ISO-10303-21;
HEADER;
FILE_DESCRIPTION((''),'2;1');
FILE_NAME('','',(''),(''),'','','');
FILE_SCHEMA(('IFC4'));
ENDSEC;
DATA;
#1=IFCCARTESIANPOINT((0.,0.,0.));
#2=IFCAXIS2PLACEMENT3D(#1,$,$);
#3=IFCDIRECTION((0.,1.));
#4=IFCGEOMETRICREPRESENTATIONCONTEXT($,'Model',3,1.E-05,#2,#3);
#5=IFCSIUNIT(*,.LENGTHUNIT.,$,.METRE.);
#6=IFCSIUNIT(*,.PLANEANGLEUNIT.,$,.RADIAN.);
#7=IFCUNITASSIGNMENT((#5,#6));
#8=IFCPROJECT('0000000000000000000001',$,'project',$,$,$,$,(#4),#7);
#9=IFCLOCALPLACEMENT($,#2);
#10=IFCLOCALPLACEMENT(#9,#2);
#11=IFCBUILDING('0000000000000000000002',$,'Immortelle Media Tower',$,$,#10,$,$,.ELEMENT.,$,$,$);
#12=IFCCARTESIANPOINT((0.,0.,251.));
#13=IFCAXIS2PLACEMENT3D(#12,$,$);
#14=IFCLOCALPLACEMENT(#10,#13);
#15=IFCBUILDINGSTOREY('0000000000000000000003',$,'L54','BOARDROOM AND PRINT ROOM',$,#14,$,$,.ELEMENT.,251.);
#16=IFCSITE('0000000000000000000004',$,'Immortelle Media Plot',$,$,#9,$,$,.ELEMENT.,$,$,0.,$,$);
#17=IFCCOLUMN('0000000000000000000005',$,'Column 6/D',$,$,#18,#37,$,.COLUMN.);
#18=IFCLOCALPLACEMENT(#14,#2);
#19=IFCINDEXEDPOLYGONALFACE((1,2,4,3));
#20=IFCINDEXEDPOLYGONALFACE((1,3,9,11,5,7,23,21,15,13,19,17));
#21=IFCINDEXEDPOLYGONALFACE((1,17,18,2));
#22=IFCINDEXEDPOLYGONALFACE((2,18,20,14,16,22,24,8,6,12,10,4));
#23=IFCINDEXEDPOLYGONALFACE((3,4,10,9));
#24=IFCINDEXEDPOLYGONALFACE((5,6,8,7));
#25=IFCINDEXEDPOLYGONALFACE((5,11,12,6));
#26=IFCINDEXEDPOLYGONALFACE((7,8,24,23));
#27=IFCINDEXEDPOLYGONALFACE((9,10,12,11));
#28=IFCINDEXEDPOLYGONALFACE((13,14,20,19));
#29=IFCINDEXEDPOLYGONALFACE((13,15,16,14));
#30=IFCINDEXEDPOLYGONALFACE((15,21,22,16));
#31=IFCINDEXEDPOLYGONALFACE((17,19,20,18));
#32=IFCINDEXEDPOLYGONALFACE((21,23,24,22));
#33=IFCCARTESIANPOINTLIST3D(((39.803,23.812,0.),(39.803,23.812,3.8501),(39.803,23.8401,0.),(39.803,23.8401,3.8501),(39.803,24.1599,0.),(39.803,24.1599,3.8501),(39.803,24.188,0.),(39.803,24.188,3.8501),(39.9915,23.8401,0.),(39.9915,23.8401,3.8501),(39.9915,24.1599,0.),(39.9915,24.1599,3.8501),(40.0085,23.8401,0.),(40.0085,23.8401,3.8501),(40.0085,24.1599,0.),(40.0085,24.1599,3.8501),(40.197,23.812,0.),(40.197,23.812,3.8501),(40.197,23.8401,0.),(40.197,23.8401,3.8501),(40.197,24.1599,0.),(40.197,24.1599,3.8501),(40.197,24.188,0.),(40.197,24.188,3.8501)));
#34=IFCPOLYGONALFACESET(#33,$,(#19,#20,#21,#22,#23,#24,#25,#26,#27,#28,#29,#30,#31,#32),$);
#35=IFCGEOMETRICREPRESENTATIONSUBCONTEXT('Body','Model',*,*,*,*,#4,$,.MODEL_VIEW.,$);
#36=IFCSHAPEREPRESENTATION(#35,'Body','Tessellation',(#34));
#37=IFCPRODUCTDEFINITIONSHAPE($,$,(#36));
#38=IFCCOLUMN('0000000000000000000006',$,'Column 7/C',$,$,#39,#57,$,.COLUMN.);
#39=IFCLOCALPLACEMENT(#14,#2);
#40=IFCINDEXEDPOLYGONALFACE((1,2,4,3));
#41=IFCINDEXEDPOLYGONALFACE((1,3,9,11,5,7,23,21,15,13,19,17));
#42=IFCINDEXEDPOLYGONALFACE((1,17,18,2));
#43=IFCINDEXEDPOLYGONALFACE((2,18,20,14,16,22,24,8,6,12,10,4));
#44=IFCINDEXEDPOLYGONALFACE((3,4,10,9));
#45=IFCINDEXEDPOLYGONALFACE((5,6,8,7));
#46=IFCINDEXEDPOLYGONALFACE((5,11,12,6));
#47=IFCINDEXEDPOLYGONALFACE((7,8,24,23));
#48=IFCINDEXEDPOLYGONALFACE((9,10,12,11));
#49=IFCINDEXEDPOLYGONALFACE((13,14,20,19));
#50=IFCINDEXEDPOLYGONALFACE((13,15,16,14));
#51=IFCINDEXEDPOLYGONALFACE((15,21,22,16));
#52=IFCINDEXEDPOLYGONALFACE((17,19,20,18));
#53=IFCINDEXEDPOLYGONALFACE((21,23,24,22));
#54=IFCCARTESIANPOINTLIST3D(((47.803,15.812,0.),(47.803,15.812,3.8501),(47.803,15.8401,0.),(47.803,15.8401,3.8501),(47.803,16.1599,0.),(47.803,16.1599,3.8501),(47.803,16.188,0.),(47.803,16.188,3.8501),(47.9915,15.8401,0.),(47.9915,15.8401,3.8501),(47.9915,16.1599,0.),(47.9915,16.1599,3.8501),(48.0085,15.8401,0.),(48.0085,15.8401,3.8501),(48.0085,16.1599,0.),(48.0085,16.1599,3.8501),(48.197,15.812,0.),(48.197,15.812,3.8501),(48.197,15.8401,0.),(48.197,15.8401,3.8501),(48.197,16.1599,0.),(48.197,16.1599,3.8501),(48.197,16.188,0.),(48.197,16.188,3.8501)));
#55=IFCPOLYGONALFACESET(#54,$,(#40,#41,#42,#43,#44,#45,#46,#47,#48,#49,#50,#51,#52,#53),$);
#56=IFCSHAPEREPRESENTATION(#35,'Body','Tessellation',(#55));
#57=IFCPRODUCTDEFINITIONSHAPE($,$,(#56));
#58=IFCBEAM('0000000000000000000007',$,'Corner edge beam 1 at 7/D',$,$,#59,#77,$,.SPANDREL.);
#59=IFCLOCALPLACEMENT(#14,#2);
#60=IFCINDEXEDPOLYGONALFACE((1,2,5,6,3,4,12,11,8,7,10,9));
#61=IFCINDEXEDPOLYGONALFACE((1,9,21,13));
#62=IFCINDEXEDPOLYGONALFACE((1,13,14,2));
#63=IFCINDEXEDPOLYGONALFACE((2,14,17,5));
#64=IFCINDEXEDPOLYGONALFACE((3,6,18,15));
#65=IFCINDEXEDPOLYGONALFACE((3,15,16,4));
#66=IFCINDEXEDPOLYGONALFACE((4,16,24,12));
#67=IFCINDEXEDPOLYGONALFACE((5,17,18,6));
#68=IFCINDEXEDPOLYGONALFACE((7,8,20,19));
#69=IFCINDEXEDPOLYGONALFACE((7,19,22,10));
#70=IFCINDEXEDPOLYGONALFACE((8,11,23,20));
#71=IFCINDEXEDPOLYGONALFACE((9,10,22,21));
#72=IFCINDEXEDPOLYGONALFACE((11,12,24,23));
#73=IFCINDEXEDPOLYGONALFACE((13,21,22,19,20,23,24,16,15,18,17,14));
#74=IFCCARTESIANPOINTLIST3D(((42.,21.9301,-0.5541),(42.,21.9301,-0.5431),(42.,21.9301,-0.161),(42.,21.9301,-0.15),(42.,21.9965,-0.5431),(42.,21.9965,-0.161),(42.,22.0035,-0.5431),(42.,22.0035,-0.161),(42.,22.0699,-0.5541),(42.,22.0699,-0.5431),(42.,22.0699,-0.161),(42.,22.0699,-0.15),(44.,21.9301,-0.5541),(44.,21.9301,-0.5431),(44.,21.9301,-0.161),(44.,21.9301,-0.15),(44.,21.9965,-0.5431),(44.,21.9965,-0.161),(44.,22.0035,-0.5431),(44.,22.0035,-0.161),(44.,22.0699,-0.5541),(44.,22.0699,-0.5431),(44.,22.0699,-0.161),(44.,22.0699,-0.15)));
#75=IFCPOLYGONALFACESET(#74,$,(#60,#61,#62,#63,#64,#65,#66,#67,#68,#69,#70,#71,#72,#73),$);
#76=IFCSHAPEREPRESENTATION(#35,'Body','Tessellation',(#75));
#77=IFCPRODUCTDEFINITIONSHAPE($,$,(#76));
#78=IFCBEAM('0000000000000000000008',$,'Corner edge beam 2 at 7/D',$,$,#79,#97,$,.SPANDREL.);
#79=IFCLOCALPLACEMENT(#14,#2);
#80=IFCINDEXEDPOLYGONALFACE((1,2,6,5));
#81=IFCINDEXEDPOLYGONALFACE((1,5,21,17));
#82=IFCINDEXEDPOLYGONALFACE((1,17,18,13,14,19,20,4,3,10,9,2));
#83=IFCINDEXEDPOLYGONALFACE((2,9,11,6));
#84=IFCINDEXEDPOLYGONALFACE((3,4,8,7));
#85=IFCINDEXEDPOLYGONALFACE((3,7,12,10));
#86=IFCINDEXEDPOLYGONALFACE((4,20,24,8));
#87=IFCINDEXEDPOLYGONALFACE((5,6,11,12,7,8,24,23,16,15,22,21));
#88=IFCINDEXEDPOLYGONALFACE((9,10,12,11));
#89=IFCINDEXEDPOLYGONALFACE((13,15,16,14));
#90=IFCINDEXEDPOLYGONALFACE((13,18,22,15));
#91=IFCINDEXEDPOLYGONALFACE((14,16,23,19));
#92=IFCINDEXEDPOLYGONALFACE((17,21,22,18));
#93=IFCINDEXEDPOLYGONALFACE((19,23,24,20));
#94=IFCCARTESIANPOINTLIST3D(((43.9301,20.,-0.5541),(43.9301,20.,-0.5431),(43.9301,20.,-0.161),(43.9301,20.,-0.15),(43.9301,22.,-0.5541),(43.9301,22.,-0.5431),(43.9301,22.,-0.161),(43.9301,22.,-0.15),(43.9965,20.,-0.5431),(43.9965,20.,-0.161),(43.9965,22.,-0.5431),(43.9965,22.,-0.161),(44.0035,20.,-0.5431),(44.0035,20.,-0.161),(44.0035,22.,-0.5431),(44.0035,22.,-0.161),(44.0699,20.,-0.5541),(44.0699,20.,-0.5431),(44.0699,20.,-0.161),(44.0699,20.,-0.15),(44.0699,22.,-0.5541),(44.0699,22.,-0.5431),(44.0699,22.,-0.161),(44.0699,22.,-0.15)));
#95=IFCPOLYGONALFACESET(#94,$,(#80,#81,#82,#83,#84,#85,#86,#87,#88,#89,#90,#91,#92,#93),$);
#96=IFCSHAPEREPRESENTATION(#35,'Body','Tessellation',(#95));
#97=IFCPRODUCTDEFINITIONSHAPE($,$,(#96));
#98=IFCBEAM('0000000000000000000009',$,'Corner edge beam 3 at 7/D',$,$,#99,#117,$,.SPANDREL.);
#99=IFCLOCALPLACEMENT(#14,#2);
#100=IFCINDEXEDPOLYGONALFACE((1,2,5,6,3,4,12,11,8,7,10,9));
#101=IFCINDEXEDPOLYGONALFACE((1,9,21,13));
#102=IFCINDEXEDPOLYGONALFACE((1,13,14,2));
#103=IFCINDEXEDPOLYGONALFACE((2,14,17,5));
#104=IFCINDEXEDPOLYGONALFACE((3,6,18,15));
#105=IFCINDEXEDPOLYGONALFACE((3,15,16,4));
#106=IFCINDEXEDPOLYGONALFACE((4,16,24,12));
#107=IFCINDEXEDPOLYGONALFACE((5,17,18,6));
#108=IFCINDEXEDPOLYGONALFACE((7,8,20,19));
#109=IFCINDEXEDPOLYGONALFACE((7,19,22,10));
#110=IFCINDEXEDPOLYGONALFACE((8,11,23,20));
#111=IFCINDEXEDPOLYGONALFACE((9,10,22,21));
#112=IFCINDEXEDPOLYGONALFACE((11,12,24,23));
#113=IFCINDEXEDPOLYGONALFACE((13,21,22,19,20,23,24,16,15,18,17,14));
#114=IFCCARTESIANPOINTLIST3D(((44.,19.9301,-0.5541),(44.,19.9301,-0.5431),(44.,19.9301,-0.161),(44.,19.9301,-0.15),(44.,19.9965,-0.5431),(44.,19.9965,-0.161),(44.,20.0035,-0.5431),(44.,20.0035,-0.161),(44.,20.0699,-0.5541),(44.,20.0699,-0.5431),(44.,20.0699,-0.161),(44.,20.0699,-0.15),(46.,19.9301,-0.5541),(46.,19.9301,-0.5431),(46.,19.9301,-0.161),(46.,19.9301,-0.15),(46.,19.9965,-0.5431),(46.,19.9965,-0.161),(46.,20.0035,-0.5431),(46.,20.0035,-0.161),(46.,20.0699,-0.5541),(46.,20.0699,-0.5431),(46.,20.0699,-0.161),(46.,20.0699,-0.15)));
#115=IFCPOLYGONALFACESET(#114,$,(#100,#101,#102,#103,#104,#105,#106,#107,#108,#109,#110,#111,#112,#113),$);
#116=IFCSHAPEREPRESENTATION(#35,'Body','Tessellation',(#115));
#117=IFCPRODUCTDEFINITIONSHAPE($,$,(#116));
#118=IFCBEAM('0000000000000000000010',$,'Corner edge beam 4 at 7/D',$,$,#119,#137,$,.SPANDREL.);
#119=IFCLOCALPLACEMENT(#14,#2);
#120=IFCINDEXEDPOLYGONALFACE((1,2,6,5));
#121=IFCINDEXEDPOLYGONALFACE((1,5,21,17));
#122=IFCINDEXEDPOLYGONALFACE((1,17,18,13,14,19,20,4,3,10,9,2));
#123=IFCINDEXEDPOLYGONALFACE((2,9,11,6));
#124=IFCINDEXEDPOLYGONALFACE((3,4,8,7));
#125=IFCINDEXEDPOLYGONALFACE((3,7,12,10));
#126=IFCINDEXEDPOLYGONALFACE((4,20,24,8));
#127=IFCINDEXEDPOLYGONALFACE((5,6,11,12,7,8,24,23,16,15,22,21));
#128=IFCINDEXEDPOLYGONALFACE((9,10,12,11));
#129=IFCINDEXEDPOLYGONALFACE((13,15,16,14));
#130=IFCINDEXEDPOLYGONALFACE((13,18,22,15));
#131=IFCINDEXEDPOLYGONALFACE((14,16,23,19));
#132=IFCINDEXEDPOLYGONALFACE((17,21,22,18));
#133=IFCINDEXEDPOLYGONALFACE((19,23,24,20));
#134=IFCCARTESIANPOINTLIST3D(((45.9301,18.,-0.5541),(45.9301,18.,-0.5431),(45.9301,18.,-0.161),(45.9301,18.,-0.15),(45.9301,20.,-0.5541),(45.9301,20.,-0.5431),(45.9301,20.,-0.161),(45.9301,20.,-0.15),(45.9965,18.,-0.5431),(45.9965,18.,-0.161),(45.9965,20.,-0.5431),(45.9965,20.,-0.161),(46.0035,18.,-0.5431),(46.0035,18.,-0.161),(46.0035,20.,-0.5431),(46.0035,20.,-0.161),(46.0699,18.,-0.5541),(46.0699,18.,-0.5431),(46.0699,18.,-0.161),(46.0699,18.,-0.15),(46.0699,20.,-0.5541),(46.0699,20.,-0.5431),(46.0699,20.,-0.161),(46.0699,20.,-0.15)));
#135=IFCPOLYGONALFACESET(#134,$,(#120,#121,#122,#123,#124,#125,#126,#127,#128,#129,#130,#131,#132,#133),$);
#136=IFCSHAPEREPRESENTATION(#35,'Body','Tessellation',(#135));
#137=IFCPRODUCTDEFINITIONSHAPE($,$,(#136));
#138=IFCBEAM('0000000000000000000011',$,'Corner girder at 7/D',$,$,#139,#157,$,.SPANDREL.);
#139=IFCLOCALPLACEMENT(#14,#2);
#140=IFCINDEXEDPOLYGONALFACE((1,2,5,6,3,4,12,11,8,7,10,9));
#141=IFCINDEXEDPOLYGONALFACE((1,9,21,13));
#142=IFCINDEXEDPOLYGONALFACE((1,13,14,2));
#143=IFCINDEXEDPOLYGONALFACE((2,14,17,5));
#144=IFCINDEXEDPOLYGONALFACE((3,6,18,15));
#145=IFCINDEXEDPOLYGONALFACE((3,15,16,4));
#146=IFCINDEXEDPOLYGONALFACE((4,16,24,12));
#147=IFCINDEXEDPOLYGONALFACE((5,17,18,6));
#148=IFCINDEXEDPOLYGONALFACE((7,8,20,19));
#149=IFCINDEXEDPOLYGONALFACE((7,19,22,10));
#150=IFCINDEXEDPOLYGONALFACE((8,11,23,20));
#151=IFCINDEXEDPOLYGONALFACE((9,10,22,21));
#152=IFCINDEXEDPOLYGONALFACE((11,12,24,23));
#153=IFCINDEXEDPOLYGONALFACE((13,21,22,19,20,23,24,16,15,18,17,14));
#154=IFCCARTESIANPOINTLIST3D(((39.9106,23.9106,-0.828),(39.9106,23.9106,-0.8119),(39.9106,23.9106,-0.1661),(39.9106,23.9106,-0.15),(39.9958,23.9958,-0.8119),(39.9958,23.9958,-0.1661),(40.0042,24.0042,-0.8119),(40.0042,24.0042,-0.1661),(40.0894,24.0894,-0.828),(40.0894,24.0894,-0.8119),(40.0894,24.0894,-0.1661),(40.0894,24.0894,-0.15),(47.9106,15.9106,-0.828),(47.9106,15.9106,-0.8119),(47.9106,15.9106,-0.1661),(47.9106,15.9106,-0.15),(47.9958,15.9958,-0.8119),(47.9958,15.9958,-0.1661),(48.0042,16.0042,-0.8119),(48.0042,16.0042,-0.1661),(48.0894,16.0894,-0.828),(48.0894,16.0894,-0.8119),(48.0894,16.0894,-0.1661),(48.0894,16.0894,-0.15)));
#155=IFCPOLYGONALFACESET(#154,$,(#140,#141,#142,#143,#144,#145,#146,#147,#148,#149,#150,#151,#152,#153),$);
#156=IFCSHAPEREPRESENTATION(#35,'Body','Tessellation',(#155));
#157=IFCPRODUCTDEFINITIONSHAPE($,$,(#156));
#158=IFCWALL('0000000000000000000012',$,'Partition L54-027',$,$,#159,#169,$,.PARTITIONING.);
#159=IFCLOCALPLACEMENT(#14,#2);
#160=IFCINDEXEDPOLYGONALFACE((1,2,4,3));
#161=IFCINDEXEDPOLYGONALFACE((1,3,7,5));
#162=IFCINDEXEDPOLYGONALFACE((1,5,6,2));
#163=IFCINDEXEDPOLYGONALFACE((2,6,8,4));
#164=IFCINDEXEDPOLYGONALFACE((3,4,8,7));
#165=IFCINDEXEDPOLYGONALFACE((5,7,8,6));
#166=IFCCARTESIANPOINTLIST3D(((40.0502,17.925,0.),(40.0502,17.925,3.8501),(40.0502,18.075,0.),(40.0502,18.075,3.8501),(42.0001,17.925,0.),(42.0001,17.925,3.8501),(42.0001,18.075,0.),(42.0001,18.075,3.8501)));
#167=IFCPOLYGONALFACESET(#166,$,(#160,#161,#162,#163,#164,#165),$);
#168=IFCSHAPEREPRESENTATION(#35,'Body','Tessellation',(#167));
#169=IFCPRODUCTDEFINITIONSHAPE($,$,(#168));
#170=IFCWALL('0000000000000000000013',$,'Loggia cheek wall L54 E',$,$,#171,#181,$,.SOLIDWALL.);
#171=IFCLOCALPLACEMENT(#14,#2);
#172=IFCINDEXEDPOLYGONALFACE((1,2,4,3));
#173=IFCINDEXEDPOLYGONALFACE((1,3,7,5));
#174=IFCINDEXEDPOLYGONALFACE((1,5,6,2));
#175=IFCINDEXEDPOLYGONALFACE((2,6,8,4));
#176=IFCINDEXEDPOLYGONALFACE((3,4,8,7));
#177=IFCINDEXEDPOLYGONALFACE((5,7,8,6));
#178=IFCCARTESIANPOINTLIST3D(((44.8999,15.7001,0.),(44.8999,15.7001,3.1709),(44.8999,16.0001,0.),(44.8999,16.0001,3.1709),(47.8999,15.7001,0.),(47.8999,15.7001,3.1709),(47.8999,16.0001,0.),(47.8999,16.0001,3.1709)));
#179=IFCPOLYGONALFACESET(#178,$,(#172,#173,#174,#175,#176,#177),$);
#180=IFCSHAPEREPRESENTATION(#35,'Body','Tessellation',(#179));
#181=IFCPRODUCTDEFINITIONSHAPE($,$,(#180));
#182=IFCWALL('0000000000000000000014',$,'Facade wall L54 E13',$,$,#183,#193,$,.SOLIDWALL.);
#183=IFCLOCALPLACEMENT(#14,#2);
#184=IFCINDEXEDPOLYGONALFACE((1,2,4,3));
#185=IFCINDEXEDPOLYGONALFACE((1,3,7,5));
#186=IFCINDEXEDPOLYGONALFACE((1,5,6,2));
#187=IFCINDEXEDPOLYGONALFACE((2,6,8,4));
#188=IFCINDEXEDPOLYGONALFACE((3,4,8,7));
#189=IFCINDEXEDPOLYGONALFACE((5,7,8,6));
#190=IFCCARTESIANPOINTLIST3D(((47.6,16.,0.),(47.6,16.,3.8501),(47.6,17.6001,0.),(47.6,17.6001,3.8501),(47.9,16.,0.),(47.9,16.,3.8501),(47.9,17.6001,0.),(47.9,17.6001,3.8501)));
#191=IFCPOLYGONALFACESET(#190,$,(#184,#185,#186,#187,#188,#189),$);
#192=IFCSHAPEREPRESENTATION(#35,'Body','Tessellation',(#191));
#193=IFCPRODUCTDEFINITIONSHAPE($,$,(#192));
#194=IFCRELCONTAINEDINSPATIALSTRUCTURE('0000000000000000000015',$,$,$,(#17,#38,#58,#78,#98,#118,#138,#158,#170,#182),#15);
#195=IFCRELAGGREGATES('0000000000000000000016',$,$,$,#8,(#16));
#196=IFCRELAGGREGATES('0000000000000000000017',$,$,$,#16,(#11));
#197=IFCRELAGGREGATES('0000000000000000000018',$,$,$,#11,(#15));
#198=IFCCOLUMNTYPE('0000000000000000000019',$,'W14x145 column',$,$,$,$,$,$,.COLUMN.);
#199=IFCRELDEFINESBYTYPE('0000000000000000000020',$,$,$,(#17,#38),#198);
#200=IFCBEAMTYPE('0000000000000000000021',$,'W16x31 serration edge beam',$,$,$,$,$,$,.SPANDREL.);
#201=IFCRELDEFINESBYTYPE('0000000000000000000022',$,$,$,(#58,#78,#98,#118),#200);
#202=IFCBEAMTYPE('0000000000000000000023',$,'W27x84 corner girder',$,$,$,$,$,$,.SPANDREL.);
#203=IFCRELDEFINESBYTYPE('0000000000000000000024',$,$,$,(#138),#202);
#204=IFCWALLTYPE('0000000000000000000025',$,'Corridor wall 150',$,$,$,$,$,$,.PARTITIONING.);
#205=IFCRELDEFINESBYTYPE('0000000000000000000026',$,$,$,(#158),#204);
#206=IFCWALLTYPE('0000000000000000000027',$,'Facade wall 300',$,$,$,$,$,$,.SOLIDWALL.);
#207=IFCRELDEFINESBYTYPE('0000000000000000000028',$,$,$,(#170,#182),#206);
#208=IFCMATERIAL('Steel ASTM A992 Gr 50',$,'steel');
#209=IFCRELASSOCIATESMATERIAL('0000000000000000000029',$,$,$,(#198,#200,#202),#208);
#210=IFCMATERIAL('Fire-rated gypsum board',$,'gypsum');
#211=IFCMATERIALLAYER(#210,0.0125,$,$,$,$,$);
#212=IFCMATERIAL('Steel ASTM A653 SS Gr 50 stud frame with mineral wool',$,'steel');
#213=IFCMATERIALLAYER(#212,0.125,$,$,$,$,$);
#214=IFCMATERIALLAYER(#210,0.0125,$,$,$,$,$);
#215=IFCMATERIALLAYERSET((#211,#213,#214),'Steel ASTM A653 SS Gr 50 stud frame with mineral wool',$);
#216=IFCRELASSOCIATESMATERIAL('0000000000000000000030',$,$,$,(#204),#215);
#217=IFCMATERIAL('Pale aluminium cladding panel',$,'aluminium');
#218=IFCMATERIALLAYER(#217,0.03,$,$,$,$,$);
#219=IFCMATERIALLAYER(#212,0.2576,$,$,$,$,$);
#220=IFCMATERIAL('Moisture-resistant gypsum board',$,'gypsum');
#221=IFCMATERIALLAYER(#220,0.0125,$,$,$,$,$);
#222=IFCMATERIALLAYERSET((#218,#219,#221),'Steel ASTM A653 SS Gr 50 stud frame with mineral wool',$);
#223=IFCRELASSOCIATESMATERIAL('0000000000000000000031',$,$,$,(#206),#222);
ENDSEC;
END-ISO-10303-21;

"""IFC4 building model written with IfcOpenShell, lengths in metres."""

from ifc_helpers import new_model, si_unit, direction, frame, frame_2d, origin, origin_2d, place, context, subcontext, project, spatial, rectangle, i_section, extrude, material, layer, layer_set, material_profile, profile_set, type_object, element, save


model = new_model("IFC4")

# Units and contexts
model_context = context("Model", 3, precision=1e-05, world=origin(), true_north=direction((0.0, 1.0)))
body_context = subcontext(model_context, "Body", "Model", "MODEL_VIEW")
ifc_project = project(units=[si_unit("LENGTHUNIT", "METRE"), si_unit("PLANEANGLEUNIT", "RADIAN")], contexts=[model_context])

# Site, building, storey
site_placement = place(None, origin())
site = spatial("IfcSite", under=ifc_project, at=site_placement, Name="Immortelle Media Plot", CompositionType="ELEMENT", RefElevation=0.0)
building_placement = place(site_placement, origin())
building = spatial("IfcBuilding", under=site, at=building_placement, Name="Immortelle Media Tower", CompositionType="ELEMENT")
storey_placement = place(building_placement, frame((0.0, 0.0, 251.0)))
storey = spatial("IfcBuildingStorey", under=building, at=storey_placement, Name="L54", Description="BOARDROOM AND PRINT ROOM", CompositionType="ELEMENT", Elevation=251.0)

# Columns
ifc_material_1 = material(Name="Steel ASTM A992 Gr 50", Category="steel")
ifc_material_profile_1 = material_profile(ifc_material_1, i_section(OverallWidth=0.394, OverallDepth=0.376, WebThickness=0.0171, FlangeThickness=0.0281, at=origin_2d()), Name="W14x145")
ifc_profile_set_1 = profile_set([ifc_material_profile_1], Name="Steel ASTM A992 Gr 50")
column_type = type_object("IfcColumnType", Name="W14x145 column", PredefinedType="COLUMN", material=ifc_profile_set_1)
for number, where, z_axis, x_axis, name in (
    (1, (40.0, 24.0, 0.0), (0.0, 0.0, 1.0), (1.0, 0.0, 0.0), "Column 6/D"),
    (2, (48.0, 16.0, 0.0), (0.0, 0.0, 1.0), (1.0, 0.0, 0.0), "Column 7/C"),
):
    element("IfcColumn", number, at=place(storey_placement, frame(where, z_axis=z_axis, x_axis=x_axis)), inside=storey, type_object=column_type, Name=name, PredefinedType="COLUMN", context=body_context, shape_type="SweptSolid", body=[
        extrude(i_section(OverallWidth=0.394, OverallDepth=0.376, WebThickness=0.0171, FlangeThickness=0.0281, at=origin_2d()), origin(), (0.0, 0.0, 1.0), 3.8501),
    ])

# Beams
ifc_material_profile_2 = material_profile(ifc_material_1, i_section(OverallWidth=0.1399, OverallDepth=0.4041, WebThickness=0.0071, FlangeThickness=0.011, at=origin_2d()), Name="W16x31")
ifc_profile_set_2 = profile_set([ifc_material_profile_2], Name="Steel ASTM A992 Gr 50")
beam_type_1 = type_object("IfcBeamType", Name="W16x31 serration edge beam", PredefinedType="SPANDREL", material=ifc_profile_set_2)
for number, where, z_axis, x_axis, name in (
    (3, (42.0, 22.0, -0.3521), (1.0, 0.0, 0.0), (0.0, 1.0, 0.0), "Corner edge beam 1 at 7/D"),
    (4, (44.0, 22.0, -0.3521), (0.0, -1.0, 0.0), (1.0, 0.0, 0.0), "Corner edge beam 2 at 7/D"),
    (5, (44.0, 20.0, -0.3521), (1.0, 0.0, 0.0), (0.0, 1.0, 0.0), "Corner edge beam 3 at 7/D"),
    (6, (46.0, 20.0, -0.3521), (0.0, -1.0, 0.0), (1.0, 0.0, 0.0), "Corner edge beam 4 at 7/D"),
):
    element("IfcBeam", number, at=place(storey_placement, frame(where, z_axis=z_axis, x_axis=x_axis)), inside=storey, type_object=beam_type_1, Name=name, PredefinedType="SPANDREL", context=body_context, shape_type="SweptSolid", body=[
        extrude(i_section(OverallWidth=0.1399, OverallDepth=0.4041, WebThickness=0.0071, FlangeThickness=0.011, at=origin_2d()), origin(), (0.0, 0.0, 1.0), 2.0),
    ])
ifc_material_profile_3 = material_profile(ifc_material_1, i_section(OverallWidth=0.2529, OverallDepth=0.678, WebThickness=0.012, FlangeThickness=0.0161, at=origin_2d()), Name="W27x84")
ifc_profile_set_3 = profile_set([ifc_material_profile_3], Name="Steel ASTM A992 Gr 50")
beam_type_2 = type_object("IfcBeamType", Name="W27x84 corner girder", PredefinedType="SPANDREL", material=ifc_profile_set_3)
beam_placement = place(storey_placement, frame((40.0, 24.0, -0.489), z_axis=(0.707107, -0.707107, 0.0), x_axis=(0.707107, 0.707107, 0.0)))
element("IfcBeam", 7, at=beam_placement, inside=storey, type_object=beam_type_2, Name="Corner girder at 7/D", PredefinedType="SPANDREL", context=body_context, shape_type="SweptSolid", body=[
    extrude(i_section(OverallWidth=0.2529, OverallDepth=0.678, WebThickness=0.012, FlangeThickness=0.0161, at=origin_2d()), origin(), (0.0, 0.0, 1.0), 11.3137),
])

# Walls
ifc_material_2 = material(Name="Fire-rated gypsum board", Category="gypsum")
ifc_layer_1 = layer(ifc_material_2, 0.0125)
ifc_material_3 = material(Name="Steel ASTM A653 SS Gr 50 stud frame with mineral wool", Category="steel")
ifc_layer_2 = layer(ifc_material_3, 0.125)
ifc_layer_3 = layer(ifc_material_2, 0.0125)
ifc_layer_set_1 = layer_set([ifc_layer_1, ifc_layer_2, ifc_layer_3], Name="Steel ASTM A653 SS Gr 50 stud frame with mineral wool")
wall_type_1 = type_object("IfcWallType", Name="Corridor wall 150", PredefinedType="PARTITIONING", material=ifc_layer_set_1)
wall_1_placement = place(storey_placement, frame((40.05, 18.0, 0.0), z_axis=(0.0, 0.0, 1.0), x_axis=(1.0, 0.0, 0.0)))
element("IfcWall", 8, at=wall_1_placement, inside=storey, type_object=wall_type_1, Name="Partition L54-027", PredefinedType="PARTITIONING", context=body_context, shape_type="SweptSolid", body=[
    extrude(rectangle(XDim=1.95, YDim=0.1499, at=frame_2d((0.9751, 0.0))), origin(), (0.0, 0.0, 1.0), 3.8501),
])
ifc_material_4 = material(Name="Pale aluminium cladding panel", Category="aluminium")
ifc_layer_4 = layer(ifc_material_4, 0.03)
ifc_layer_5 = layer(ifc_material_3, 0.2576)
ifc_material_5 = material(Name="Moisture-resistant gypsum board", Category="gypsum")
ifc_layer_6 = layer(ifc_material_5, 0.0125)
ifc_layer_set_2 = layer_set([ifc_layer_4, ifc_layer_5, ifc_layer_6], Name="Steel ASTM A653 SS Gr 50 stud frame with mineral wool")
wall_type_2 = type_object("IfcWallType", Name="Facade wall 300", PredefinedType="SOLIDWALL", material=ifc_layer_set_2)
wall_2_placement = place(storey_placement, frame((47.8999, 15.8501, 0.0), z_axis=(0.0, 0.0, 1.0), x_axis=(-1.0, 0.0, 0.0)))
element("IfcWall", 9, at=wall_2_placement, inside=storey, type_object=wall_type_2, Name="Loggia cheek wall L54 E", PredefinedType="SOLIDWALL", context=body_context, shape_type="SweptSolid", body=[
    extrude(rectangle(XDim=3.0, YDim=0.3, at=frame_2d((1.5, 0.0))), origin(), (0.0, 0.0, 1.0), 3.1709),
])
wall_3_placement = place(storey_placement, frame((47.75, 16.0, 0.0), z_axis=(0.0, 0.0, 1.0), x_axis=(0.0, 1.0, 0.0)))
element("IfcWall", 10, at=wall_3_placement, inside=storey, type_object=wall_type_2, Name="Facade wall L54 E13", PredefinedType="SOLIDWALL", context=body_context, shape_type="SweptSolid", body=[
    extrude(rectangle(XDim=1.6001, YDim=0.3, at=frame_2d((0.8, 0.0))), origin(), (0.0, 0.0, 1.0), 3.8501),
])

save(model, "model.ifc")
